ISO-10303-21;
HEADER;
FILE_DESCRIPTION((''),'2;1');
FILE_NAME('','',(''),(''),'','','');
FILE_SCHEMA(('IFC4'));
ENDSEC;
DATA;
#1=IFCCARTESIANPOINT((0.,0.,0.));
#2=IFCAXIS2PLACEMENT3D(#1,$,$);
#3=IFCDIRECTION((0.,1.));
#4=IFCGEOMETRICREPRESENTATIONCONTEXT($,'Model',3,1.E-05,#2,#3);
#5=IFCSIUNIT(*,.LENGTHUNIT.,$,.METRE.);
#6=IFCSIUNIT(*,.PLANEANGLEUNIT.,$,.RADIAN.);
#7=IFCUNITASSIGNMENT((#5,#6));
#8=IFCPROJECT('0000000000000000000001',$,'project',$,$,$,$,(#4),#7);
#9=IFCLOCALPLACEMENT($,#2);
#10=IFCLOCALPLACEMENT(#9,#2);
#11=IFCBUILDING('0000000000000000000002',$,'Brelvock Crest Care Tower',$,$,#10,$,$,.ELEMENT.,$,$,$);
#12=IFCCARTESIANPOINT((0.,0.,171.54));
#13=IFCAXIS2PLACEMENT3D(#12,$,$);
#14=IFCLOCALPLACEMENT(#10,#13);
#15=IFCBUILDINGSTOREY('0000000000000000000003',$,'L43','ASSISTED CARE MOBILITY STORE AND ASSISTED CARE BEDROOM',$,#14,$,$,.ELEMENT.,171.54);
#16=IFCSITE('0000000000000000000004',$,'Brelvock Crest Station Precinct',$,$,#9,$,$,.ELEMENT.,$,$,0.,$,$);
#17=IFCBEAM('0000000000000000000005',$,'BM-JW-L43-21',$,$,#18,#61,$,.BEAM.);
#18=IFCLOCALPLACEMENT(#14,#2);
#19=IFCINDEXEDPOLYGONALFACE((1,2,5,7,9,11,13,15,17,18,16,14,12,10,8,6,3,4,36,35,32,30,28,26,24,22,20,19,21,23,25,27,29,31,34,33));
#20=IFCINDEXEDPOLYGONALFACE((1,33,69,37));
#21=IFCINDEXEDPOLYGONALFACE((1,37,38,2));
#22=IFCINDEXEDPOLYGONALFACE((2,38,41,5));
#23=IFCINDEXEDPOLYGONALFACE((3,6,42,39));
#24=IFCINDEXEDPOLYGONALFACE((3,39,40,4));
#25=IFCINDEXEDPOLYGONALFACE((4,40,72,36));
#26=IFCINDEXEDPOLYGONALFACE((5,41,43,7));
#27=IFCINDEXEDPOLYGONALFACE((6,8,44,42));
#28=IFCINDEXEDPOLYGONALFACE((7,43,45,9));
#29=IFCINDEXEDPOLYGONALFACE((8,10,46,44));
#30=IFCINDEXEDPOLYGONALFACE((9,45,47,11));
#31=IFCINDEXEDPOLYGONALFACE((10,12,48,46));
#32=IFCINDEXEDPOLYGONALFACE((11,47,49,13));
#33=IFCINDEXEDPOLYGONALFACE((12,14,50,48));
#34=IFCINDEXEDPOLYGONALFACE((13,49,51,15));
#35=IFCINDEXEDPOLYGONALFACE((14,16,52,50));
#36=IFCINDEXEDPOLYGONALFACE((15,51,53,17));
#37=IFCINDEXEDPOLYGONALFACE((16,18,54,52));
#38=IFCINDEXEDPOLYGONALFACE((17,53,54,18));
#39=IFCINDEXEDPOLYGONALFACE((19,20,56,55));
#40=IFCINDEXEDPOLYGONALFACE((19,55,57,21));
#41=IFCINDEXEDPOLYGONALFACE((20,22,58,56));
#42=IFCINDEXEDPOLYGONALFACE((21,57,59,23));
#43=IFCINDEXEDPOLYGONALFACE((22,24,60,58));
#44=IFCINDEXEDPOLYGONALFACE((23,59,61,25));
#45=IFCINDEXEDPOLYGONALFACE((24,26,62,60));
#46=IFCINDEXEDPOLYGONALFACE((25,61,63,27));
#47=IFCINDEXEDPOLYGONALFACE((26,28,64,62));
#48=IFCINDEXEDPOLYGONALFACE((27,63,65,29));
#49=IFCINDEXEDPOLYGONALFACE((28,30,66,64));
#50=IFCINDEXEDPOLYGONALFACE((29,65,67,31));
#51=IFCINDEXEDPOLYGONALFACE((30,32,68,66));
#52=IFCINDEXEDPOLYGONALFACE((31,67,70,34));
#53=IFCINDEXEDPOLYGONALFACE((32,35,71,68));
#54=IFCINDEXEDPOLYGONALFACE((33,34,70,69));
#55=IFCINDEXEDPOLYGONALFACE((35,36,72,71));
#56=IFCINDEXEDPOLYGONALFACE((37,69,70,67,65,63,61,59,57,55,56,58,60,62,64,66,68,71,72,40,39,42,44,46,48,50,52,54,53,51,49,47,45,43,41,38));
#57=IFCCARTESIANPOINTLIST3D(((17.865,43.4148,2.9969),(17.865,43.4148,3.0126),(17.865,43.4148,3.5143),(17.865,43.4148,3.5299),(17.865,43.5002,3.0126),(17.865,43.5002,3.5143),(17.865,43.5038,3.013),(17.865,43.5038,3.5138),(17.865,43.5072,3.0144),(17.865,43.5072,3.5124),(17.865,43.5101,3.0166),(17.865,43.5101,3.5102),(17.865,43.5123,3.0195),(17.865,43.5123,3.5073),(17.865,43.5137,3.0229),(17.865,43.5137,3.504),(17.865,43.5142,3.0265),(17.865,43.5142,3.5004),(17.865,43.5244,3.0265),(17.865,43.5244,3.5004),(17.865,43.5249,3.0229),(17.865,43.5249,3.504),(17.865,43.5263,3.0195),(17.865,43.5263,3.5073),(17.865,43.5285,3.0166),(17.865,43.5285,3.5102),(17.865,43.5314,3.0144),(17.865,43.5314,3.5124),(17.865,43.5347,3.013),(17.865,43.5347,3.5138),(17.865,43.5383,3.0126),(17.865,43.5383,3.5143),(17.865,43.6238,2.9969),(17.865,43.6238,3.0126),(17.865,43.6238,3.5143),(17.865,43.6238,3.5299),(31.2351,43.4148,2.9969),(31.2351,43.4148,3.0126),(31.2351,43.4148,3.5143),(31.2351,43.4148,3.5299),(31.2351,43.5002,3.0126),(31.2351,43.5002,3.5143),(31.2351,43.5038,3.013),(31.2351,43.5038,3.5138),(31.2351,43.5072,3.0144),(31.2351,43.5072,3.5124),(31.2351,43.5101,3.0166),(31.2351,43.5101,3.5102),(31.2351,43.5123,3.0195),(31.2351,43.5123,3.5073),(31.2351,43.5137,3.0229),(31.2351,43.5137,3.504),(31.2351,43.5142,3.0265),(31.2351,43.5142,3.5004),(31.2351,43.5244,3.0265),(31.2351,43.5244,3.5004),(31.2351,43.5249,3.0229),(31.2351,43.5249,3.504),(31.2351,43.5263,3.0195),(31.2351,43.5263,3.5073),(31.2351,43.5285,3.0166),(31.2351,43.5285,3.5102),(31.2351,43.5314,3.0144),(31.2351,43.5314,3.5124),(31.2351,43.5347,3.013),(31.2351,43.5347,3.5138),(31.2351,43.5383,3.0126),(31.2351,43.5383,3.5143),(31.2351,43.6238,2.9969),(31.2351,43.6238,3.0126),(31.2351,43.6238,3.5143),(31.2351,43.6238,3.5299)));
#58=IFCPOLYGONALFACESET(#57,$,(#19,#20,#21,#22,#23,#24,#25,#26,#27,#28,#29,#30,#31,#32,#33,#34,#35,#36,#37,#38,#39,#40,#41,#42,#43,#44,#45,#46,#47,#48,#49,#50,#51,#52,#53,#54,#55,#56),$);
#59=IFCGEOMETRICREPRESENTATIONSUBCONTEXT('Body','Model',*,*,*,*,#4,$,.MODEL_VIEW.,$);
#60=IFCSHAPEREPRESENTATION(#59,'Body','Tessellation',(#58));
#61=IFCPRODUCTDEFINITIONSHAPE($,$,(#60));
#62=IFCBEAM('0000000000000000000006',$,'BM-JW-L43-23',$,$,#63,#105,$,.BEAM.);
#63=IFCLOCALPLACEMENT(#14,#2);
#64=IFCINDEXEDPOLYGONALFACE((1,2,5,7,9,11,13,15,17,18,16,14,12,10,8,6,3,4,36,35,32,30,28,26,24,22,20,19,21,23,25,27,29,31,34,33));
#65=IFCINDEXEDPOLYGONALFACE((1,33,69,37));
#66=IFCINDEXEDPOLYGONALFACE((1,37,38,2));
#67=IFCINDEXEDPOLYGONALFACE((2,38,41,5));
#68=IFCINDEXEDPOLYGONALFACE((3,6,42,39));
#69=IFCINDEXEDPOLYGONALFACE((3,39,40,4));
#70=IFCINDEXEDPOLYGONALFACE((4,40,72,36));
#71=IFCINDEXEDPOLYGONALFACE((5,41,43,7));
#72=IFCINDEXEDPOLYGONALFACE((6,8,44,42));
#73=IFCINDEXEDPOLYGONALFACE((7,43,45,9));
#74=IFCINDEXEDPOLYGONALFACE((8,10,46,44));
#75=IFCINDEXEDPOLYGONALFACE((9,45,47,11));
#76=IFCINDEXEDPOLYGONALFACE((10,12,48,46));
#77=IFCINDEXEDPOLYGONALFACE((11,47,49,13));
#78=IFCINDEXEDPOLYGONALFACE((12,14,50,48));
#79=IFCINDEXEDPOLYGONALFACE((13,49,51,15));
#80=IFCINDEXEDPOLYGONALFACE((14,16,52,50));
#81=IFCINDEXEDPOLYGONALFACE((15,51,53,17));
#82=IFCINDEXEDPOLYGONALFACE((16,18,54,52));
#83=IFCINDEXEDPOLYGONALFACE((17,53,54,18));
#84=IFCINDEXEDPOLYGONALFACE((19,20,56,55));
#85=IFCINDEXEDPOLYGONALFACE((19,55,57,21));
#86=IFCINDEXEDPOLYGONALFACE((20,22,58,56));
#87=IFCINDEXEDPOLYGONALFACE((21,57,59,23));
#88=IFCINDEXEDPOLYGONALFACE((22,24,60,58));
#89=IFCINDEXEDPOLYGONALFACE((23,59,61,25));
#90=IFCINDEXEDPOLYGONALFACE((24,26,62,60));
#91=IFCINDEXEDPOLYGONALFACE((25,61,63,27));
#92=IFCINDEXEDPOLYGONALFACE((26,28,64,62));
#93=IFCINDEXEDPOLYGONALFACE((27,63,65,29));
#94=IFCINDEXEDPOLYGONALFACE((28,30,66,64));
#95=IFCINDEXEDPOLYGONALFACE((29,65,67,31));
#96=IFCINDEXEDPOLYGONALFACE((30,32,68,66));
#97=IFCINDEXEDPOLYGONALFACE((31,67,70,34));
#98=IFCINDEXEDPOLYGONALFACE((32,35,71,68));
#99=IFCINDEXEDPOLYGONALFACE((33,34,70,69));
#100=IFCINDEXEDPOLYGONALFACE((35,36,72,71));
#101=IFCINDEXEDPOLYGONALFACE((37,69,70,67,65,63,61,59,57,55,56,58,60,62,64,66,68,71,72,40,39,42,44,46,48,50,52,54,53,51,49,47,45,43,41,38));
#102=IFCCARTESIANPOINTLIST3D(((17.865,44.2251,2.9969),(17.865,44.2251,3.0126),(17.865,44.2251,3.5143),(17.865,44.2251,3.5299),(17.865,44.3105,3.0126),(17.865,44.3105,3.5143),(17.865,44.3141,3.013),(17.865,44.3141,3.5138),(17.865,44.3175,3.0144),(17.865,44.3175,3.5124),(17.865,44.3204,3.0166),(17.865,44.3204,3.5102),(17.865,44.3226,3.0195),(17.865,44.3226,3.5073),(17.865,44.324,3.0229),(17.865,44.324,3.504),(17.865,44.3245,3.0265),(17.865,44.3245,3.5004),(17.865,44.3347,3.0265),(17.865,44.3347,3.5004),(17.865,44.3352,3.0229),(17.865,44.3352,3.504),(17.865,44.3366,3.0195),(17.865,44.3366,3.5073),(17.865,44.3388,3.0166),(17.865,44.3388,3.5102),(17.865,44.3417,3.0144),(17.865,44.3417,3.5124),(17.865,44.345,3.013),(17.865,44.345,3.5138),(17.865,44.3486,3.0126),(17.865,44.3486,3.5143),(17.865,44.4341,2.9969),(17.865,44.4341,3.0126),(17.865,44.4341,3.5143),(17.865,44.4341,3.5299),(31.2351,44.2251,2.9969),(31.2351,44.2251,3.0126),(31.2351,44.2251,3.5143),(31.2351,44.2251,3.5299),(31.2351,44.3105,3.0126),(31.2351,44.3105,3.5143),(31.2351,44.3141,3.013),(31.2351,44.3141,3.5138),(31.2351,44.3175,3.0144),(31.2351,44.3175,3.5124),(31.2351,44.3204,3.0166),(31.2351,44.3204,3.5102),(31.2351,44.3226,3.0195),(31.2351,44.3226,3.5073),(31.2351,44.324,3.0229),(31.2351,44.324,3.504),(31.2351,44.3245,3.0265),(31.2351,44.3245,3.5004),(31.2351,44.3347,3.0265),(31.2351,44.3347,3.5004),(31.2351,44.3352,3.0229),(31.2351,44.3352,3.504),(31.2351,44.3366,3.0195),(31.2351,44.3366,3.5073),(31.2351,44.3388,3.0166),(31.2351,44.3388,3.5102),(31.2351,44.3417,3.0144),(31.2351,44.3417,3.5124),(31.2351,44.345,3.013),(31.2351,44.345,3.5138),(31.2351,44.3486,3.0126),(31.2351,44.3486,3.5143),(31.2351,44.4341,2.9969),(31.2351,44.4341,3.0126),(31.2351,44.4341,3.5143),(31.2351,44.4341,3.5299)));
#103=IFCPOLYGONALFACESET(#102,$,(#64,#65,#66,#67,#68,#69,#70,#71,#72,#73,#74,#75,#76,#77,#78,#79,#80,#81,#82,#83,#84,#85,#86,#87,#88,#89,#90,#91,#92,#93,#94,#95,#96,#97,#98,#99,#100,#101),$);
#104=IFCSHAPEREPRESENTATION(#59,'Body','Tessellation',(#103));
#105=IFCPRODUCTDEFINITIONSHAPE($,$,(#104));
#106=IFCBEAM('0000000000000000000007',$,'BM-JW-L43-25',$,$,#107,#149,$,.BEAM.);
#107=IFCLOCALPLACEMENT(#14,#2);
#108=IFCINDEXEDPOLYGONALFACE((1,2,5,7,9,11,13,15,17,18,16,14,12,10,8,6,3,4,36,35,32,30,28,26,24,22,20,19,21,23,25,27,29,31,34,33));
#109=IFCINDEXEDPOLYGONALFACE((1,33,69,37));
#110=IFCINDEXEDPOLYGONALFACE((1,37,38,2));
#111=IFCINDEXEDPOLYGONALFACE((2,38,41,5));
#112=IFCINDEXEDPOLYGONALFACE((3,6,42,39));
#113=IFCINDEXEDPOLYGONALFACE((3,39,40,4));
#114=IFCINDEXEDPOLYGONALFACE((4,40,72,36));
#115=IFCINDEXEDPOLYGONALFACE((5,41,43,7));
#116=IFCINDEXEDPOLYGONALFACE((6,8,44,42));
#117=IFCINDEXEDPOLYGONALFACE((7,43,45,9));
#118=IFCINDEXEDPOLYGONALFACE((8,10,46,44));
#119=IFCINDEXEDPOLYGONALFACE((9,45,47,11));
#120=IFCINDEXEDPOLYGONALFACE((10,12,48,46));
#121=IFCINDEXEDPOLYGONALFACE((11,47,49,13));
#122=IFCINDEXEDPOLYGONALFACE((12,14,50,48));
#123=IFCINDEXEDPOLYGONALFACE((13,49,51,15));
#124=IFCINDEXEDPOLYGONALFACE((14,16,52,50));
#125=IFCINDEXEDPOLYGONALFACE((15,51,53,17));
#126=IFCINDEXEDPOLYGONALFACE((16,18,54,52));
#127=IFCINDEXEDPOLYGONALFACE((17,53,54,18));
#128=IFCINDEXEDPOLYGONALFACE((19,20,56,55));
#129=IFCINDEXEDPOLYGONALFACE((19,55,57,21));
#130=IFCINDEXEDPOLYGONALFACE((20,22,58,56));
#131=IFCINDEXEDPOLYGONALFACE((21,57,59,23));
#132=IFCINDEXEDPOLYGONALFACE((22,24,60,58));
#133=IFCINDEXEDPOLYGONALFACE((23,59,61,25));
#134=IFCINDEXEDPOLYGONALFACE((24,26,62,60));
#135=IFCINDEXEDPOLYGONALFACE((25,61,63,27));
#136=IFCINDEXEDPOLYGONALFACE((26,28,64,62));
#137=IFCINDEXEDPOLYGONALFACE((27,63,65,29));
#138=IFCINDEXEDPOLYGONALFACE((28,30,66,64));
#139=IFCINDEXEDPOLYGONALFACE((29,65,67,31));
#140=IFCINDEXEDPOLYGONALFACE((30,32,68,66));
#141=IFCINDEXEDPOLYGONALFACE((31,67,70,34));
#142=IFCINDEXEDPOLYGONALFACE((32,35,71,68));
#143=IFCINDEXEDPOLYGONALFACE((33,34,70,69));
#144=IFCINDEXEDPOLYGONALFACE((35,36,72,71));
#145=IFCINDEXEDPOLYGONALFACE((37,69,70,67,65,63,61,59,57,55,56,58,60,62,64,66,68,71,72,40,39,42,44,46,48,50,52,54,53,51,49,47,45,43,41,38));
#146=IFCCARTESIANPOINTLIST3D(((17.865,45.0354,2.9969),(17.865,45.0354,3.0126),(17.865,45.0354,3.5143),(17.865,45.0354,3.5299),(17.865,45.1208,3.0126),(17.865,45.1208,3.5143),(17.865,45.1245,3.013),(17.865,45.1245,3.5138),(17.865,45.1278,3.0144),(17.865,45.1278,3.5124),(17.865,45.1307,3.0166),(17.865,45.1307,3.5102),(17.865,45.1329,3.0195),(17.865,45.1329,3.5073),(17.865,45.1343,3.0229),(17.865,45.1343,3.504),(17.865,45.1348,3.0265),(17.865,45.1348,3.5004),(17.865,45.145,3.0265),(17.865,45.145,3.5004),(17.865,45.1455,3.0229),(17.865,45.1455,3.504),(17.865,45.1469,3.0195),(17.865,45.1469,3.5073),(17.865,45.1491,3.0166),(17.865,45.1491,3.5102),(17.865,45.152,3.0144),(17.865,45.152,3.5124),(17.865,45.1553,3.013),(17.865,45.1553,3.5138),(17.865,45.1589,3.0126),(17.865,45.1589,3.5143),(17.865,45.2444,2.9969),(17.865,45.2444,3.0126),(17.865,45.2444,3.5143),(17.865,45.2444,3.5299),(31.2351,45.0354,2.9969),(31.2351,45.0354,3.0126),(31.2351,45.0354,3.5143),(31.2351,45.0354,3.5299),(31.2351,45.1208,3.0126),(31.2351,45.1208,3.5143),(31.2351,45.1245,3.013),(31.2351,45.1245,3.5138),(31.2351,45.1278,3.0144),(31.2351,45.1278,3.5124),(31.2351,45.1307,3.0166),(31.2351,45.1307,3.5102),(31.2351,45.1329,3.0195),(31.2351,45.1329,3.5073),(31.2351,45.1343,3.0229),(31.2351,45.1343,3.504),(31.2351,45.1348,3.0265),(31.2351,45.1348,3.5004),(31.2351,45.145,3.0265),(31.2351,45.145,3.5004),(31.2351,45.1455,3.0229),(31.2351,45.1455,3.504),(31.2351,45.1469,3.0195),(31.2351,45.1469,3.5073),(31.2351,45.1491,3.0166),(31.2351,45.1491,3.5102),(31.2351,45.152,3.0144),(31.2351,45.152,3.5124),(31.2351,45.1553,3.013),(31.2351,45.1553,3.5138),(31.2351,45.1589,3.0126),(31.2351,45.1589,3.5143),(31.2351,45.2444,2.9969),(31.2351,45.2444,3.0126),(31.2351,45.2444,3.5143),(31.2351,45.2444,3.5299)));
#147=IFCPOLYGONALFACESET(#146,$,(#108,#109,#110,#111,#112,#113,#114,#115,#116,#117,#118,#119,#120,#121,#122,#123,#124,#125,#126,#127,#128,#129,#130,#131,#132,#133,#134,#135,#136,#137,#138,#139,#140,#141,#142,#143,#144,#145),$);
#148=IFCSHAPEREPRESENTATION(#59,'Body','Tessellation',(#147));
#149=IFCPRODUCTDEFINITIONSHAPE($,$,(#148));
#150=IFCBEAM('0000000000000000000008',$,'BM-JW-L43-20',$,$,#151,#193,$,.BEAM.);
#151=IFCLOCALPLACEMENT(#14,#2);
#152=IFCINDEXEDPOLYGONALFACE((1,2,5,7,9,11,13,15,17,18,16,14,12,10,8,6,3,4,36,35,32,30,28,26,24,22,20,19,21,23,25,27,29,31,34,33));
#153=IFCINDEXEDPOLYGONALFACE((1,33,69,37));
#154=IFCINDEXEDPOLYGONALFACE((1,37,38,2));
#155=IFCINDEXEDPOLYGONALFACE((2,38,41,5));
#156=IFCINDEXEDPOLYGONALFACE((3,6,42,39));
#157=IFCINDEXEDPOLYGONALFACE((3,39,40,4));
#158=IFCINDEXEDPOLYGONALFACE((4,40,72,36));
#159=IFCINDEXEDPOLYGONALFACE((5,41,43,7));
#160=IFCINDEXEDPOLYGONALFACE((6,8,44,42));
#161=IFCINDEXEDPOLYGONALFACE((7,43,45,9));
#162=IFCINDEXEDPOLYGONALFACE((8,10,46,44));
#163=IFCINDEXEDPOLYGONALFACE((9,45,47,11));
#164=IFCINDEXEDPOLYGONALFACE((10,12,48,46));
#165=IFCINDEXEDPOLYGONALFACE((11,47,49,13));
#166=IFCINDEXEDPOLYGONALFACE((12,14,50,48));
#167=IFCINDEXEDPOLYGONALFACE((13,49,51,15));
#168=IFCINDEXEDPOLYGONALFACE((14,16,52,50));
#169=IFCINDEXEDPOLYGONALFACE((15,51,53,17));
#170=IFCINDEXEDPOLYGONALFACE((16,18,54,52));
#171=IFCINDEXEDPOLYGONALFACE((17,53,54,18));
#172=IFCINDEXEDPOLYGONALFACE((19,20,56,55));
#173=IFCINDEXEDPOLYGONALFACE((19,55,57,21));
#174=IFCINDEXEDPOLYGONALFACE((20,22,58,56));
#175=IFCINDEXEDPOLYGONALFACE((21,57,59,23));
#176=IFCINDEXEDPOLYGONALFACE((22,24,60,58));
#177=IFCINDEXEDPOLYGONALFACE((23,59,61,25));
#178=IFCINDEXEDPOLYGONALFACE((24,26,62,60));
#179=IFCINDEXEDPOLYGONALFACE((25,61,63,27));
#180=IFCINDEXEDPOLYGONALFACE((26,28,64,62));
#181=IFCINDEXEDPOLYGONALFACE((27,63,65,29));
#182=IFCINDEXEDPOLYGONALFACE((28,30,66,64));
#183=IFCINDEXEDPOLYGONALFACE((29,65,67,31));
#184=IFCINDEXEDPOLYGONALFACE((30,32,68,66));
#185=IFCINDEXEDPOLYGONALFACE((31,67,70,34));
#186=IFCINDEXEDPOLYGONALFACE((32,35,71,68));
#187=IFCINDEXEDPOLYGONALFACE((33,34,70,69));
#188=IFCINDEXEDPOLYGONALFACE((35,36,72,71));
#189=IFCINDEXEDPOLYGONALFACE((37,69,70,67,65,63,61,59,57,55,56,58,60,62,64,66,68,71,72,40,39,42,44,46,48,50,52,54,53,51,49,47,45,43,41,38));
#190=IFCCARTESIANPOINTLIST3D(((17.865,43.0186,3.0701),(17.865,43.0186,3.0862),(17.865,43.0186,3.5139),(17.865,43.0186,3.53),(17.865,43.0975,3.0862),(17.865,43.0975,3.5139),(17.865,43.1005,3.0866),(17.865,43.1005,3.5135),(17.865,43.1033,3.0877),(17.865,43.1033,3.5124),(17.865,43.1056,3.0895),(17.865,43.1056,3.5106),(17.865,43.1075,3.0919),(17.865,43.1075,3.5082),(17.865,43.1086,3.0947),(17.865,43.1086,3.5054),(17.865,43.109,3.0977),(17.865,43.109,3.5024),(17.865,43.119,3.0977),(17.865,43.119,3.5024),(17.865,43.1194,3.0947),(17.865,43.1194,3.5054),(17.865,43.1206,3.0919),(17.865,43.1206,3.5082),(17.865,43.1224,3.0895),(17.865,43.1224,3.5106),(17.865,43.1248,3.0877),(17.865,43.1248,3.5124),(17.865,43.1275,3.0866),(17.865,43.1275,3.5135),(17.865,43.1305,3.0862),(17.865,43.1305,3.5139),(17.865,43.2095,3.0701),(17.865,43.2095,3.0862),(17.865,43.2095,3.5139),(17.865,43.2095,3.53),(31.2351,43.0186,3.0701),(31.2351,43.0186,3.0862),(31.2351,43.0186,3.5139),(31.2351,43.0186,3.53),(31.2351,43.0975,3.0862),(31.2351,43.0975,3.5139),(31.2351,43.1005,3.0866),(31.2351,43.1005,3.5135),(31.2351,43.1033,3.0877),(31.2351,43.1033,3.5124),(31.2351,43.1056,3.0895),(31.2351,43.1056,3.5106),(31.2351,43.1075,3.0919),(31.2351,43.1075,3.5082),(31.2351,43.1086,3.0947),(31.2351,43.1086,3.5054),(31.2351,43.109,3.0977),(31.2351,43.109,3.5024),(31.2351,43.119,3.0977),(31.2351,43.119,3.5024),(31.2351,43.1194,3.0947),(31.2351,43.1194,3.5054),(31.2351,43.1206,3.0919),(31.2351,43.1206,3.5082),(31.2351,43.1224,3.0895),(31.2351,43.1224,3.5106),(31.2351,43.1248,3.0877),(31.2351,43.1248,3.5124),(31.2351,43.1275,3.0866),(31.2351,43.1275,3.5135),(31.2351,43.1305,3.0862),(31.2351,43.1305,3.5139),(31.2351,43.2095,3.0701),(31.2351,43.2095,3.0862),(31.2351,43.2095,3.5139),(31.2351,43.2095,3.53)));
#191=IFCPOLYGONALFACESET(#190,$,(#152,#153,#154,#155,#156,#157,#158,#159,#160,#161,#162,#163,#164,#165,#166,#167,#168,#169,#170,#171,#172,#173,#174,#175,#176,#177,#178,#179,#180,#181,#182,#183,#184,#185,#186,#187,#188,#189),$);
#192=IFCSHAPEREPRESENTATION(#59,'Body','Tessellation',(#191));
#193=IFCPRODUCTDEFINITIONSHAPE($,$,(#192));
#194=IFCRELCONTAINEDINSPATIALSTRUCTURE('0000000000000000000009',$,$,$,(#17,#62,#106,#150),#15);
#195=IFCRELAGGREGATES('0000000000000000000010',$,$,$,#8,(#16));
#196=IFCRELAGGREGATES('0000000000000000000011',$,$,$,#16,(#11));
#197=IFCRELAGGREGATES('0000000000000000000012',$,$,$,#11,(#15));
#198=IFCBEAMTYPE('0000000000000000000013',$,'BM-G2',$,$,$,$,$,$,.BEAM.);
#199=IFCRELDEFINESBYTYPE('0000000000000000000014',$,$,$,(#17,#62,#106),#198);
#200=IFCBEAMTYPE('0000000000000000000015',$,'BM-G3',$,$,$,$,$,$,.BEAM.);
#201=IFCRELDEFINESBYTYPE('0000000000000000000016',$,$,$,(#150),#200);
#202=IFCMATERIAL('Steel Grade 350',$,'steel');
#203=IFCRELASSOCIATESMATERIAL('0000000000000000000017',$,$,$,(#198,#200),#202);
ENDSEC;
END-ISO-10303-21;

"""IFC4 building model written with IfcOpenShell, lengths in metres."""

from ifc_helpers import new_model, si_unit, direction, frame, origin, origin_2d, place, context, subcontext, project, spatial, i_section, extrude, source, transform, mapped, material, material_profile, profile_set, type_object, element, save


model = new_model("IFC4")

# Units and contexts
model_context = context("Model", 3, precision=1e-05, world=origin(), true_north=direction((0.0, 1.0)))
body_context = subcontext(model_context, "Body", "Model", "MODEL_VIEW")
ifc_project = project(units=[si_unit("LENGTHUNIT", "METRE"), si_unit("PLANEANGLEUNIT", "RADIAN")], contexts=[model_context])

# Site, building, storey
site_placement = place(None, origin())
site = spatial("IfcSite", under=ifc_project, at=site_placement, Name="Brelvock Crest Station Precinct", CompositionType="ELEMENT", RefElevation=0.0)
building_placement = place(site_placement, origin())
building = spatial("IfcBuilding", under=site, at=building_placement, Name="Brelvock Crest Care Tower", CompositionType="ELEMENT")
storey_placement = place(building_placement, frame((0.0, 0.0, 171.54)))
storey = spatial("IfcBuildingStorey", under=building, at=storey_placement, Name="L43", Description="ASSISTED CARE MOBILITY STORE AND ASSISTED CARE BEDROOM", CompositionType="ELEMENT", Elevation=171.54)

# Beams
ifc_material_1 = material(Name="Steel Grade 350", Category="steel")
ifc_material_profile_1 = material_profile(ifc_material_1, i_section(OverallWidth=0.209, OverallDepth=0.533, WebThickness=0.0103, FlangeThickness=0.0156, FilletRadius=0.0139, at=origin_2d()), Name="530UB92.4")
ifc_profile_set_1 = profile_set([ifc_material_profile_1], Name="Steel Grade 350")
beam_type_1 = type_object("IfcBeamType", Name="BM-G2", PredefinedType="BEAM", material=ifc_profile_set_1)
shared_shape_1 = source(origin(), body_context, "Body", "SweptSolid", [
    extrude(i_section(OverallWidth=0.209, OverallDepth=0.533, WebThickness=0.0103, FlangeThickness=0.0156, FilletRadius=0.0139, at=origin_2d()), origin(), (0.0, 0.0, 1.0), 13.3701),
])
for number, where, z_axis, x_axis, name in (
    (1, (17.865, 43.5193, 3.2634), (1.0, 0.0, 0.0), (0.0, 1.0, 0.0), "BM-JW-L43-21"),
    (2, (17.865, 44.3296, 3.2634), (1.0, 0.0, 0.0), (0.0, 1.0, 0.0), "BM-JW-L43-23"),
    (3, (17.865, 45.1399, 3.2634), (1.0, 0.0, 0.0), (0.0, 1.0, 0.0), "BM-JW-L43-25"),
):
    element("IfcBeam", number, at=place(storey_placement, frame(where, z_axis=z_axis, x_axis=x_axis)), inside=storey, type_object=beam_type_1, Name=name, PredefinedType="BEAM", context=body_context, shape_type="MappedRepresentation", body=[
        mapped(shared_shape_1, transform((0.0, 0.0, 0.0), x_axis=(1.0, 0.0, 0.0), y_axis=(0.0, 1.0, 0.0), z_axis=(0.0, 0.0, 1.0), scale=1.0)),
    ])
ifc_material_profile_2 = material_profile(ifc_material_1, i_section(OverallWidth=0.1909, OverallDepth=0.46, WebThickness=0.01, FlangeThickness=0.0161, FilletRadius=0.0115, at=origin_2d()), Name="460UB82.1")
ifc_profile_set_2 = profile_set([ifc_material_profile_2], Name="Steel Grade 350")
beam_type_2 = type_object("IfcBeamType", Name="BM-G3", PredefinedType="BEAM", material=ifc_profile_set_2)
shared_shape_2 = source(origin(), body_context, "Body", "SweptSolid", [
    extrude(i_section(OverallWidth=0.1909, OverallDepth=0.46, WebThickness=0.01, FlangeThickness=0.0161, FilletRadius=0.0115, at=origin_2d()), origin(), (0.0, 0.0, 1.0), 13.3701),
])
for number, where, z_axis, x_axis, name in (
    (4, (17.865, 43.114, 3.3), (1.0, 0.0, 0.0), (0.0, 1.0, 0.0), "BM-JW-L43-20"),
):
    element("IfcBeam", number, at=place(storey_placement, frame(where, z_axis=z_axis, x_axis=x_axis)), inside=storey, type_object=beam_type_2, Name=name, PredefinedType="BEAM", context=body_context, shape_type="MappedRepresentation", body=[
        mapped(shared_shape_2, transform((0.0, 0.0, 0.0), x_axis=(1.0, 0.0, 0.0), y_axis=(0.0, 1.0, 0.0), z_axis=(0.0, 0.0, 1.0), scale=1.0)),
    ])

save(model, "model.ifc")
